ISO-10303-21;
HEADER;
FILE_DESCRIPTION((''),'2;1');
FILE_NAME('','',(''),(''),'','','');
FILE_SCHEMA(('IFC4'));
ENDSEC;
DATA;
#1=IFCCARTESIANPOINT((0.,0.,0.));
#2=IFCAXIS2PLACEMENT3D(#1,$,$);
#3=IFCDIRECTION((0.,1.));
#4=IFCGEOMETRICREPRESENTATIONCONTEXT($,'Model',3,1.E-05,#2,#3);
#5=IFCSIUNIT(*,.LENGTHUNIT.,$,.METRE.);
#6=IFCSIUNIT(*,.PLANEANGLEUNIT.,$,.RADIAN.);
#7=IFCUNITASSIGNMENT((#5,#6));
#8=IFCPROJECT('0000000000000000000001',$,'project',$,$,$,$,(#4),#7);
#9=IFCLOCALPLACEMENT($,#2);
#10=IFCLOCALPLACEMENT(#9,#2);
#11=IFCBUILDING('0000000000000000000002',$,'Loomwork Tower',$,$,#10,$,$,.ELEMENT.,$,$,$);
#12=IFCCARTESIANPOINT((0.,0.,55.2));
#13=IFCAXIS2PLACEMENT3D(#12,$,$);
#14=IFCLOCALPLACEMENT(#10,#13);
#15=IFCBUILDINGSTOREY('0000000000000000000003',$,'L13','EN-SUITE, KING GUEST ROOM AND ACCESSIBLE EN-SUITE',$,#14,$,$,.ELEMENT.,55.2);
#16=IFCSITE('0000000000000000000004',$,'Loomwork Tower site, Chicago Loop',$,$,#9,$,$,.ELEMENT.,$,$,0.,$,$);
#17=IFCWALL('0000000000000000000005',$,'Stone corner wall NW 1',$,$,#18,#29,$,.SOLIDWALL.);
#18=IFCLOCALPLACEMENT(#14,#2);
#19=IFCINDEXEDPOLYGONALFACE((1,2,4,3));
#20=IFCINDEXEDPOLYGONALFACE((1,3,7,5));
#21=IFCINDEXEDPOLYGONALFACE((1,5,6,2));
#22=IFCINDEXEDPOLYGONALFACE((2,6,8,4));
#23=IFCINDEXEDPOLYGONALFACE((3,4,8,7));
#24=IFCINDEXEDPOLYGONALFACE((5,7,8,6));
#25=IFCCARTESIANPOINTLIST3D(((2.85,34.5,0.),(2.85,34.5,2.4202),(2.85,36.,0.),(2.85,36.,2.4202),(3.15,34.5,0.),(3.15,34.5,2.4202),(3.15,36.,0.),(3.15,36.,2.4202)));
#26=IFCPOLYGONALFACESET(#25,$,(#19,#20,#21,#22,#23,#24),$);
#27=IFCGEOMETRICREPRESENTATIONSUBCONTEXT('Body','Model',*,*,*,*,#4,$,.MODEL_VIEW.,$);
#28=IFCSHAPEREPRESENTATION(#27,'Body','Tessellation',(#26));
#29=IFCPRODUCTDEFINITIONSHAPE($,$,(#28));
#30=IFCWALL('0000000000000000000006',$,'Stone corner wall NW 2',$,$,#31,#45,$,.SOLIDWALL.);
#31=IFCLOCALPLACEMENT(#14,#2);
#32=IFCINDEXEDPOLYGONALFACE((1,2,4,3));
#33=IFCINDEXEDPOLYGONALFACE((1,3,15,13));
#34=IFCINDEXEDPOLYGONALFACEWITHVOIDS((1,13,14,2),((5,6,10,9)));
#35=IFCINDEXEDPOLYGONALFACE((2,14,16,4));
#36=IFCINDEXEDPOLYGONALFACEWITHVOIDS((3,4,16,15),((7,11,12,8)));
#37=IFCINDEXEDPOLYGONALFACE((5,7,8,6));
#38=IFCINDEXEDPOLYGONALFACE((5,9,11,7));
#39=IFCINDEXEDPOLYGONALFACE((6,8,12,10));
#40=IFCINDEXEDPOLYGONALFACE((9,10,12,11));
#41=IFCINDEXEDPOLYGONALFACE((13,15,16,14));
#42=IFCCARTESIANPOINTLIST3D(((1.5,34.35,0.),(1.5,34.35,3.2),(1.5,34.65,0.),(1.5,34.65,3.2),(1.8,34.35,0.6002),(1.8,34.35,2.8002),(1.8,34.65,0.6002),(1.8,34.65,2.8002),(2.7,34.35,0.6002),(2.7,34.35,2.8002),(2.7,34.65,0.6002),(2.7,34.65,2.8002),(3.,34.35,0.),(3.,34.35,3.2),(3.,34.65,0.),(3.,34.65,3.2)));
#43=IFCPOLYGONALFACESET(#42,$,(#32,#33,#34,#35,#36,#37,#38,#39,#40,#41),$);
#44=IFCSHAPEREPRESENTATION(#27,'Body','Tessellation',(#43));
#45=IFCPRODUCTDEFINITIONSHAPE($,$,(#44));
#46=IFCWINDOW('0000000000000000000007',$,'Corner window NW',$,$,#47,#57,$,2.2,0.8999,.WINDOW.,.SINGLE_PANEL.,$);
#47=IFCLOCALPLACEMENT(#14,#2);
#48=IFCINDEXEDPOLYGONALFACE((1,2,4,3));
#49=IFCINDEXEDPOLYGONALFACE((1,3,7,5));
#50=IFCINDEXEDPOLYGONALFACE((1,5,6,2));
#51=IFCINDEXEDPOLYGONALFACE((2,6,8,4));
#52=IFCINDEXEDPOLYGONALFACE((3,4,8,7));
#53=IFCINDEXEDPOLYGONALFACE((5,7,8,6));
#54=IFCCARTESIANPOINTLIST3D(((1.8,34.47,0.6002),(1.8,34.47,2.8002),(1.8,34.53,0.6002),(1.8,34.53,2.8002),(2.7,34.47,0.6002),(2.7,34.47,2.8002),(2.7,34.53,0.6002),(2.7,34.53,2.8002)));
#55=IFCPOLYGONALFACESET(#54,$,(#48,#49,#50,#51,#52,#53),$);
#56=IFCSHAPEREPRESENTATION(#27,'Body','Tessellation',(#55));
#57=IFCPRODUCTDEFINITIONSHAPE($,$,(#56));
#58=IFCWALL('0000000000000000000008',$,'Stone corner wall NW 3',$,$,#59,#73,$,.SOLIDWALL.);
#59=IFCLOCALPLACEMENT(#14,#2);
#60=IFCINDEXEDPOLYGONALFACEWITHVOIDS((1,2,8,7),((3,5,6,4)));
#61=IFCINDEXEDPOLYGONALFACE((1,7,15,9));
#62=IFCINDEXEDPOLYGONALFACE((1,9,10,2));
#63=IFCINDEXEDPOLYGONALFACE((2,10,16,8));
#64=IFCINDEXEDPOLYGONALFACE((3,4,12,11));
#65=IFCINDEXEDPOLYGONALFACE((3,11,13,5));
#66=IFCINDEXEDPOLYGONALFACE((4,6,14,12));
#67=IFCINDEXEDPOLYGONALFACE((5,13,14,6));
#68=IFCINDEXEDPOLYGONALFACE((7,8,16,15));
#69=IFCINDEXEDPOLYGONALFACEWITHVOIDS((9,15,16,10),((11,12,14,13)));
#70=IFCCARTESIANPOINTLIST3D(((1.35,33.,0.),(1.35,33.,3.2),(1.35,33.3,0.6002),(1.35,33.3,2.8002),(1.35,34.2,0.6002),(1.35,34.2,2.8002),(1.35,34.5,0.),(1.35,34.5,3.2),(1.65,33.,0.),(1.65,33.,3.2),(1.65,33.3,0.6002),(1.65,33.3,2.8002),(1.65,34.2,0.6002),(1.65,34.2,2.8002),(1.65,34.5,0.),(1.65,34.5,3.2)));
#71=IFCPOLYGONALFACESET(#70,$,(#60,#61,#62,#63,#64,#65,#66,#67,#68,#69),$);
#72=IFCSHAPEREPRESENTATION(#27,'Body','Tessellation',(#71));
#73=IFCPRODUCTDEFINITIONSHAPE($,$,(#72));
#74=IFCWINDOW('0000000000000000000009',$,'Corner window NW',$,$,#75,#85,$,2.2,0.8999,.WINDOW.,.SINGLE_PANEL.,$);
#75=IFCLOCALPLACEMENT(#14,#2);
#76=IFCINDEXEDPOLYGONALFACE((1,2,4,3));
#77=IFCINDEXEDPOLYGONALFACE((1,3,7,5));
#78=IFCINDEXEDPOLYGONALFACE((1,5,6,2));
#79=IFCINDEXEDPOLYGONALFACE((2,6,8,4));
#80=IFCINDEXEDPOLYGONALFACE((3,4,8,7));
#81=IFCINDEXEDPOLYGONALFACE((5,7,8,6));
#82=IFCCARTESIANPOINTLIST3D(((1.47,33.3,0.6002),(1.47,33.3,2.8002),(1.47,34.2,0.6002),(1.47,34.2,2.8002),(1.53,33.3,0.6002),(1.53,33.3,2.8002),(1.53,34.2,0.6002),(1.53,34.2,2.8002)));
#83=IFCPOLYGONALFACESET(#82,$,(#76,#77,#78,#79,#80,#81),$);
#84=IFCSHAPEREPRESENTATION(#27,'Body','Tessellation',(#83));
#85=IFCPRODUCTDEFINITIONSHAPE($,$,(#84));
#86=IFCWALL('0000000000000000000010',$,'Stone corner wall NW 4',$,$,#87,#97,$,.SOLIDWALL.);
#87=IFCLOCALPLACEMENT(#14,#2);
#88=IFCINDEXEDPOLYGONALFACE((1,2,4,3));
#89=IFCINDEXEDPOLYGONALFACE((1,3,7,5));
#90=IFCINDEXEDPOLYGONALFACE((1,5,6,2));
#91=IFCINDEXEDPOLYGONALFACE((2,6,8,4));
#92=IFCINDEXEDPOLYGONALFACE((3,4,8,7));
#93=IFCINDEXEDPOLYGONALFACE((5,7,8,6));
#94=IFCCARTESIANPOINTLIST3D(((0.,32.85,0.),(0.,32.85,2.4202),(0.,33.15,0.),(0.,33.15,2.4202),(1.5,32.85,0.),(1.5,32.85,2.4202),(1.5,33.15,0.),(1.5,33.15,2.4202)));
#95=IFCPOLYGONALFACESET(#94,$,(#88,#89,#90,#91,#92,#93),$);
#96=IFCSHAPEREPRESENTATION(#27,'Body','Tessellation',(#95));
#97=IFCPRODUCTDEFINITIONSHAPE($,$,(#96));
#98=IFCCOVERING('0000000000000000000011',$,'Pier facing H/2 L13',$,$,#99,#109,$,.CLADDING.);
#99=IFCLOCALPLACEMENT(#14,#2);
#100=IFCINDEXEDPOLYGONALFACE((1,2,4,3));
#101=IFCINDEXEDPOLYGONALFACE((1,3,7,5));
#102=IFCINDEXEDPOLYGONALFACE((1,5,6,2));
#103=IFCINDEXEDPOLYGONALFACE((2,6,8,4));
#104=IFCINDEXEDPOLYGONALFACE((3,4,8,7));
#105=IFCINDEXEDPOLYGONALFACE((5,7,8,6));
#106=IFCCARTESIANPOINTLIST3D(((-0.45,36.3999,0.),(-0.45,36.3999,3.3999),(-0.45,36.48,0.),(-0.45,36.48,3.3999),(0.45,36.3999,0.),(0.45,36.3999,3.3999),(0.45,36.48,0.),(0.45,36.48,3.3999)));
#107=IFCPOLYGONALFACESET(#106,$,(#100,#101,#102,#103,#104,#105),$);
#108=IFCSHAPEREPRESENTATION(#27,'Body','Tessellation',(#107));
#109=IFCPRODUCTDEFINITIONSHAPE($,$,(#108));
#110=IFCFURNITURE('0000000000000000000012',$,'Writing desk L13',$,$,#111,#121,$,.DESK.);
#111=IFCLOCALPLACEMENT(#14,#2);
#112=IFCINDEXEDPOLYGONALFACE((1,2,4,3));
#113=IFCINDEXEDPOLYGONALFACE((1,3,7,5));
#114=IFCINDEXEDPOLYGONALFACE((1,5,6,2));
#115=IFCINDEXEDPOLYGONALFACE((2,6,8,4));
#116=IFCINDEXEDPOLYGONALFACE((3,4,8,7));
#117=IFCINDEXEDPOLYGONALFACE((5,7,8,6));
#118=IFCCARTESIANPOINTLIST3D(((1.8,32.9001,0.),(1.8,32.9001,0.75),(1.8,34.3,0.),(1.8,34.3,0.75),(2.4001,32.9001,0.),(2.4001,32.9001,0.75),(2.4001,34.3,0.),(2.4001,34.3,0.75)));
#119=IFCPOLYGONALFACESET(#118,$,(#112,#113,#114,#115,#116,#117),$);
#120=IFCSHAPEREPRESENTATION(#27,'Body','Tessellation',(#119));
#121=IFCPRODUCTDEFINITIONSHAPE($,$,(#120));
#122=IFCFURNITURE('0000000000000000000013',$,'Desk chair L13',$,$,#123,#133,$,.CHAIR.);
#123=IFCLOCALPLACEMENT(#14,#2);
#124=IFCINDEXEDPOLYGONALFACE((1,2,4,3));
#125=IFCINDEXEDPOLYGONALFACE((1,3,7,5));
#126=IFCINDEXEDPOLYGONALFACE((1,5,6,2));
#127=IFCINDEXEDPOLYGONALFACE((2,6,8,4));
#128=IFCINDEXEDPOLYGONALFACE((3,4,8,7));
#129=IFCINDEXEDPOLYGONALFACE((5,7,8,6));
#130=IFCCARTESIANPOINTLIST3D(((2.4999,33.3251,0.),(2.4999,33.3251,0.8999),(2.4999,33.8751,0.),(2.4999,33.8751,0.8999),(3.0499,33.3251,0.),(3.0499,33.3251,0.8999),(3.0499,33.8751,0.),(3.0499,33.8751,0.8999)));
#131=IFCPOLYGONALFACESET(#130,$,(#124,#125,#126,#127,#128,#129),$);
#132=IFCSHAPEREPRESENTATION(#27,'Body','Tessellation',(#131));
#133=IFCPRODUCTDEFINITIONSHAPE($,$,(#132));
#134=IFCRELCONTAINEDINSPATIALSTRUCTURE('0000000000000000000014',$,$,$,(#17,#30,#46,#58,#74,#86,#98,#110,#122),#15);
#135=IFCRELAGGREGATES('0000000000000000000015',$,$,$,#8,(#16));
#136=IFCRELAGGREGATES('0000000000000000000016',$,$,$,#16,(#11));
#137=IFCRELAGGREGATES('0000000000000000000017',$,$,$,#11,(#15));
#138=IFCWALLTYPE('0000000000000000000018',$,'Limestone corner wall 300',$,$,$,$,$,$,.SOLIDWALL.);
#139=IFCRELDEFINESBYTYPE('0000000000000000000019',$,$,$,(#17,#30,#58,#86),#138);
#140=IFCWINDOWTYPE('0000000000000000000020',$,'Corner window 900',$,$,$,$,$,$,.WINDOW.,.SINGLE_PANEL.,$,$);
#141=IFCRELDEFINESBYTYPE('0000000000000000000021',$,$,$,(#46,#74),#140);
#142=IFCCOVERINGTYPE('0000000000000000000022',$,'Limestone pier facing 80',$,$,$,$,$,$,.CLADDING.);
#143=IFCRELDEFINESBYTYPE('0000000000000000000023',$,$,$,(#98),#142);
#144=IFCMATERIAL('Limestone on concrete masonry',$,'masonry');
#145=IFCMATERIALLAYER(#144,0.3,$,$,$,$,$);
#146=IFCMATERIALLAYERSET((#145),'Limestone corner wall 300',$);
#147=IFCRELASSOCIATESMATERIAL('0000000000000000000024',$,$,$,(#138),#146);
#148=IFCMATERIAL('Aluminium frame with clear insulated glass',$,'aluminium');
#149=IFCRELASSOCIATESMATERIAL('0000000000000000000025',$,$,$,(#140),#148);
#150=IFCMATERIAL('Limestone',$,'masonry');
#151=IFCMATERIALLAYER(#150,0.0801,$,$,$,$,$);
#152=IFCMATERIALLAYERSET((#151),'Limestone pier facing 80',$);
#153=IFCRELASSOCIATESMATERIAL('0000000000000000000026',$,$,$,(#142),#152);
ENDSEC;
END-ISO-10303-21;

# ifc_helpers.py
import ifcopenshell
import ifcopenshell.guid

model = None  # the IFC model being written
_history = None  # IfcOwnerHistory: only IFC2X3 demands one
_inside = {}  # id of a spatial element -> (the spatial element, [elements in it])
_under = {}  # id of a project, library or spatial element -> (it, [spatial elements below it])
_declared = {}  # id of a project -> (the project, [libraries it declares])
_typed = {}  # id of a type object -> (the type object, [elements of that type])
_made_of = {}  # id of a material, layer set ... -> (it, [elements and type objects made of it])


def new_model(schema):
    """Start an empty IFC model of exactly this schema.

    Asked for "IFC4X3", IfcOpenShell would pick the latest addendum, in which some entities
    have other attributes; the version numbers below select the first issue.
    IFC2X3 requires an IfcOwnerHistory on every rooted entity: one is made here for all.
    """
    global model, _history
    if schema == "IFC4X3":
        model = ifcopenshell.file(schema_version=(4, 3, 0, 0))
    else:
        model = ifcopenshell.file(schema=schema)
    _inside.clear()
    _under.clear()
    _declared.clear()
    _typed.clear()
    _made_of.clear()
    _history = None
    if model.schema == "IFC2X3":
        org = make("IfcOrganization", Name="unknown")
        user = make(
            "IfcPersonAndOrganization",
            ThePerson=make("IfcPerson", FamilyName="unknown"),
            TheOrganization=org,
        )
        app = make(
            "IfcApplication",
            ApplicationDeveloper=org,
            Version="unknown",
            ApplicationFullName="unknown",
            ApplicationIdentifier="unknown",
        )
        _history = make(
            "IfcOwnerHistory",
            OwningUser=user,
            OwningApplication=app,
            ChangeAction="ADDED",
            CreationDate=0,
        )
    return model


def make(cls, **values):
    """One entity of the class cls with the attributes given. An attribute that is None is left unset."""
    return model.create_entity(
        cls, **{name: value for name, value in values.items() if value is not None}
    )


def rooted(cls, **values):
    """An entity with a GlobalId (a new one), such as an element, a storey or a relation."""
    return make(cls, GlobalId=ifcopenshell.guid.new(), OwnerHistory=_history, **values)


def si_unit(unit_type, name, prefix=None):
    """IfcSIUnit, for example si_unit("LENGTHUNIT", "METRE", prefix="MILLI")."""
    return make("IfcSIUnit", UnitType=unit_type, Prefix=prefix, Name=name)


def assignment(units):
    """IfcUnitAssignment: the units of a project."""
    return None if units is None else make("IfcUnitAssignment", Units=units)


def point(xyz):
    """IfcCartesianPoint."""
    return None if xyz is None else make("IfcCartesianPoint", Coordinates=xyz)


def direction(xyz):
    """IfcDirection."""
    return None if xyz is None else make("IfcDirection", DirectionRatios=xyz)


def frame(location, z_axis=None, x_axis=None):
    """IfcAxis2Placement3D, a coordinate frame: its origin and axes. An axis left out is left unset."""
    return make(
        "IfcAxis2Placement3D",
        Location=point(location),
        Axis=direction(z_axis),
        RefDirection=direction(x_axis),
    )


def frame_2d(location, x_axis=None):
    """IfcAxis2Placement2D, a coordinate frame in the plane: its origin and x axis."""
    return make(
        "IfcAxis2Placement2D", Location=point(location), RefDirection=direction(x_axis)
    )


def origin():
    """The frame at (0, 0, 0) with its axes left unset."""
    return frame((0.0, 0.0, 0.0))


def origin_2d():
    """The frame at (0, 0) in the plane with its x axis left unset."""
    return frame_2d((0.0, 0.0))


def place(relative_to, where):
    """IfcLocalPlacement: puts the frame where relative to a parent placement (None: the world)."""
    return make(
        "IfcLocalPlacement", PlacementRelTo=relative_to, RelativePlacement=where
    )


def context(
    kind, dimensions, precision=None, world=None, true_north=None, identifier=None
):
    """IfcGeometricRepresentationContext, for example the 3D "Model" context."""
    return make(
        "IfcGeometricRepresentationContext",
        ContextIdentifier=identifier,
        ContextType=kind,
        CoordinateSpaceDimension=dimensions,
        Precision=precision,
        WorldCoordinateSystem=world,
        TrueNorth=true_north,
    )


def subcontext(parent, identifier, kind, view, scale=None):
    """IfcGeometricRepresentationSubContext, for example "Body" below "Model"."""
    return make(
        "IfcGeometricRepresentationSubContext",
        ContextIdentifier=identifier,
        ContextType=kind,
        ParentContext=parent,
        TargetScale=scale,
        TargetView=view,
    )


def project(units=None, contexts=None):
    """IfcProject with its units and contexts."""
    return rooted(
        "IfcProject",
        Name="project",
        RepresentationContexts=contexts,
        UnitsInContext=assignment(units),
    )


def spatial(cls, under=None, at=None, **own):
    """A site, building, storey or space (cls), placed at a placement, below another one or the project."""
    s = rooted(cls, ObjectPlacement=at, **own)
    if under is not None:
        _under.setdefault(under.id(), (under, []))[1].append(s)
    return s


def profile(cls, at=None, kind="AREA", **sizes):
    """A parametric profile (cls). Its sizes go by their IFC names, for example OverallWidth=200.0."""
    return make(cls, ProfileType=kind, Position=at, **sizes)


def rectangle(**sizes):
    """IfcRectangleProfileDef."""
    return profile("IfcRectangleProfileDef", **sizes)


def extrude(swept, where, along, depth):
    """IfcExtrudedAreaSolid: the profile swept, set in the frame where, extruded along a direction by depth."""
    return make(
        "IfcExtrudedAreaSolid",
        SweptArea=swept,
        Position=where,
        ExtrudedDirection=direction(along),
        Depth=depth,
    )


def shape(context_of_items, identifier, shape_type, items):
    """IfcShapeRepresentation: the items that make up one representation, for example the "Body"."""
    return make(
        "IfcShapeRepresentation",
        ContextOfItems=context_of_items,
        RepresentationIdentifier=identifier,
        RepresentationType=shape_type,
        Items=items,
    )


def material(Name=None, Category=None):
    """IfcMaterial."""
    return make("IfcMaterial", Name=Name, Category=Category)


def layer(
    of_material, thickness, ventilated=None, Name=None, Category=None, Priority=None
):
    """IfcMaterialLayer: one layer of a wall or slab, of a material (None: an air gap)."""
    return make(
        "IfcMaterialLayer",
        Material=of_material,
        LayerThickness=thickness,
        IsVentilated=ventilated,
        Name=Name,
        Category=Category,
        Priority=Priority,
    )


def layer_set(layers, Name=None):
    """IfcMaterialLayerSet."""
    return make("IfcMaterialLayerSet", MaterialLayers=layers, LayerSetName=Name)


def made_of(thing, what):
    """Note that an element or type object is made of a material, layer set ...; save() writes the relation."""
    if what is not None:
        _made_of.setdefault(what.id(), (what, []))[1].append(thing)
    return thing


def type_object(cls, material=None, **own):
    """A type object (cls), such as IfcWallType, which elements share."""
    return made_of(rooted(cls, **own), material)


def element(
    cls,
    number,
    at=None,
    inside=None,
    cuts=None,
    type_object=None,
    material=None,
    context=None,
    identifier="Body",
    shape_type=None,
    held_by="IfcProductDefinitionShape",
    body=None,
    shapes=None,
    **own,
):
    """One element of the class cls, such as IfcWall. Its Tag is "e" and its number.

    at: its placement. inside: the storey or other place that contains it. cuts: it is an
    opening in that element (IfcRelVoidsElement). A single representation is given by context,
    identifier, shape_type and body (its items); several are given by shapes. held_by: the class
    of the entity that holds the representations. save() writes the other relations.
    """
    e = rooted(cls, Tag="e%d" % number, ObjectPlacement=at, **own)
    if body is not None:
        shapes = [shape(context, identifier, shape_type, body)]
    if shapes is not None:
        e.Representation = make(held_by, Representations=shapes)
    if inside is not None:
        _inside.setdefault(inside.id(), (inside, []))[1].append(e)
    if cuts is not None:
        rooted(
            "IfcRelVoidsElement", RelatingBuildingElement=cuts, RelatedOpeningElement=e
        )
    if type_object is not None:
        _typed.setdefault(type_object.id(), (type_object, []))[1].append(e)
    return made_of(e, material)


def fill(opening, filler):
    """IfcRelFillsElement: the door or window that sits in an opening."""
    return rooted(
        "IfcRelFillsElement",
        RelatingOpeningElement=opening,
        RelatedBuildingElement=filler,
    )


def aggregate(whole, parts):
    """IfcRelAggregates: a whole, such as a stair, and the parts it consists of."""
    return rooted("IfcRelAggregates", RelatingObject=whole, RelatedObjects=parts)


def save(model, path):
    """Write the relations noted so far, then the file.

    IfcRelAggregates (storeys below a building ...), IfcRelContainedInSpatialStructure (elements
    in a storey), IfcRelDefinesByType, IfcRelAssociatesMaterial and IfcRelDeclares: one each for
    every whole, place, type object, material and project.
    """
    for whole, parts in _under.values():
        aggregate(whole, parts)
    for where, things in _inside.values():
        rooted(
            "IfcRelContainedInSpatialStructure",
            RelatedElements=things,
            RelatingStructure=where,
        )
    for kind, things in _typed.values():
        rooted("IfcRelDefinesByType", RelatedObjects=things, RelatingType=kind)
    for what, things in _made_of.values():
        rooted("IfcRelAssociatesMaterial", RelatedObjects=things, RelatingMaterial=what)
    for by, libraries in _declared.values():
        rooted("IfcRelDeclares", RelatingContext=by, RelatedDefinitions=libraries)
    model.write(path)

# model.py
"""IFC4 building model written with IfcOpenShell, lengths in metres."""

from ifc_helpers import new_model, si_unit, direction, frame, frame_2d, origin, origin_2d, place, context, subcontext, project, spatial, rectangle, extrude, material, layer, layer_set, type_object, element, fill, save


model = new_model("IFC4")

# Units and contexts
model_context = context("Model", 3, precision=1e-05, world=origin(), true_north=direction((0.0, 1.0)))
body_context = subcontext(model_context, "Body", "Model", "MODEL_VIEW")
ifc_project = project(units=[si_unit("LENGTHUNIT", "METRE"), si_unit("PLANEANGLEUNIT", "RADIAN")], contexts=[model_context])

# Site, building, storey
site_placement = place(None, origin())
site = spatial("IfcSite", under=ifc_project, at=site_placement, Name="Loomwork Tower site, Chicago Loop", CompositionType="ELEMENT", RefElevation=0.0)
building_placement = place(site_placement, origin())
building = spatial("IfcBuilding", under=site, at=building_placement, Name="Loomwork Tower", CompositionType="ELEMENT")
storey_placement = place(building_placement, frame((0.0, 0.0, 55.2)))
storey = spatial("IfcBuildingStorey", under=building, at=storey_placement, Name="L13", Description="EN-SUITE, KING GUEST ROOM AND ACCESSIBLE EN-SUITE", CompositionType="ELEMENT", Elevation=55.2)

# Wall
ifc_material_1 = material(Name="Limestone on concrete masonry", Category="masonry")
ifc_layer_1 = layer(ifc_material_1, 0.3)
ifc_layer_set_1 = layer_set([ifc_layer_1], Name="Limestone corner wall 300")
wall_type_1 = type_object("IfcWallType", Name="Limestone corner wall 300", PredefinedType="SOLIDWALL", material=ifc_layer_set_1)
wall_1_placement = place(storey_placement, frame((3.0, 36.0, 0.0), z_axis=(0.0, 0.0, 1.0), x_axis=(0.0, -1.0, 0.0)))
element("IfcWall", 1, at=wall_1_placement, inside=storey, type_object=wall_type_1, Name="Stone corner wall NW 1", PredefinedType="SOLIDWALL", context=body_context, shape_type="SweptSolid", body=[
    extrude(rectangle(XDim=1.5, YDim=0.3, at=frame_2d((0.75, 0.0))), origin(), (0.0, 0.0, 1.0), 2.4202),
])

# Walls, openings, windows
wall_2_placement = place(storey_placement, frame((3.0, 34.5, 0.0), z_axis=(0.0, 0.0, 1.0), x_axis=(-1.0, 0.0, 0.0)))
wall_2 = element("IfcWall", 2, at=wall_2_placement, inside=storey, type_object=wall_type_1, Name="Stone corner wall NW 2", PredefinedType="SOLIDWALL", context=body_context, shape_type="SweptSolid", body=[
    extrude(rectangle(XDim=1.5, YDim=0.3, at=frame_2d((0.75, 0.0))), origin(), (0.0, 0.0, 1.0), 3.2),
])
opening_1_placement = place(wall_2_placement, frame((0.3, 0.0, 0.6001)))
opening_1 = element("IfcOpeningElement", 3, at=opening_1_placement, cuts=wall_2, PredefinedType="OPENING", context=body_context, shape_type="SweptSolid", body=[
    extrude(rectangle(XDim=0.8999, YDim=2.2, at=frame_2d((0.45, 1.1001))), frame((0.0, 0.1599, 0.0), z_axis=(0.0, -1.0, 0.0), x_axis=(1.0, 0.0, 0.0)), (0.0, 0.0, 1.0), 0.3201),
])
ifc_material_2 = material(Name="Aluminium frame with clear insulated glass", Category="aluminium")
window_type_1 = type_object("IfcWindowType", Name="Corner window 900", PartitioningType="SINGLE_PANEL", PredefinedType="WINDOW", material=ifc_material_2)
window_1_placement = place(opening_1_placement, origin())
window_1 = element("IfcWindow", 4, at=window_1_placement, inside=storey, type_object=window_type_1, Name="Corner window NW", OverallHeight=2.2, OverallWidth=0.8999, PartitioningType="SINGLE_PANEL", PredefinedType="WINDOW", context=body_context, shape_type="SweptSolid", body=[
    extrude(rectangle(XDim=0.8999, YDim=2.2, at=frame_2d((0.45, 1.1001))), frame((0.0, 0.03, 0.0), z_axis=(0.0, -1.0, 0.0), x_axis=(1.0, 0.0, 0.0)), (0.0, 0.0, 1.0), 0.0601),
])
fill(opening_1, window_1)
wall_3_placement = place(storey_placement, frame((1.5, 34.5, 0.0), z_axis=(0.0, 0.0, 1.0), x_axis=(0.0, -1.0, 0.0)))
wall_3 = element("IfcWall", 5, at=wall_3_placement, inside=storey, type_object=wall_type_1, Name="Stone corner wall NW 3", PredefinedType="SOLIDWALL", context=body_context, shape_type="SweptSolid", body=[
    extrude(rectangle(XDim=1.5, YDim=0.3, at=frame_2d((0.75, 0.0))), origin(), (0.0, 0.0, 1.0), 3.2),
])
opening_2_placement = place(wall_3_placement, frame((0.3, 0.0, 0.6001)))
opening_2 = element("IfcOpeningElement", 6, at=opening_2_placement, cuts=wall_3, PredefinedType="OPENING", context=body_context, shape_type="SweptSolid", body=[
    extrude(rectangle(XDim=0.8999, YDim=2.2, at=frame_2d((0.45, 1.1001))), frame((0.0, 0.1599, 0.0), z_axis=(0.0, -1.0, 0.0), x_axis=(1.0, 0.0, 0.0)), (0.0, 0.0, 1.0), 0.3201),
])
window_2_placement = place(opening_2_placement, origin())
window_2 = element("IfcWindow", 7, at=window_2_placement, inside=storey, type_object=window_type_1, Name="Corner window NW", OverallHeight=2.2, OverallWidth=0.8999, PartitioningType="SINGLE_PANEL", PredefinedType="WINDOW", context=body_context, shape_type="SweptSolid", body=[
    extrude(rectangle(XDim=0.8999, YDim=2.2, at=frame_2d((0.45, 1.1001))), frame((0.0, 0.03, 0.0), z_axis=(0.0, -1.0, 0.0), x_axis=(1.0, 0.0, 0.0)), (0.0, 0.0, 1.0), 0.0601),
])
fill(opening_2, window_2)

# Wall
wall_4_placement = place(storey_placement, frame((1.5, 33.0, 0.0), z_axis=(0.0, 0.0, 1.0), x_axis=(-1.0, 0.0, 0.0)))
element("IfcWall", 8, at=wall_4_placement, inside=storey, type_object=wall_type_1, Name="Stone corner wall NW 4", PredefinedType="SOLIDWALL", context=body_context, shape_type="SweptSolid", body=[
    extrude(rectangle(XDim=1.5, YDim=0.3, at=frame_2d((0.75, 0.0))), origin(), (0.0, 0.0, 1.0), 2.4202),
])

# Covering
ifc_material_3 = material(Name="Limestone", Category="masonry")
ifc_layer_2 = layer(ifc_material_3, 0.0801)
ifc_layer_set_2 = layer_set([ifc_layer_2], Name="Limestone pier facing 80")
covering_type = type_object("IfcCoveringType", Name="Limestone pier facing 80", PredefinedType="CLADDING", material=ifc_layer_set_2)
covering_placement = place(storey_placement, frame((0.0, 36.4399, 0.0), z_axis=(0.0, 0.0, 1.0), x_axis=(1.0, 0.0, 0.0)))
element("IfcCovering", 9, at=covering_placement, inside=storey, type_object=covering_type, Name="Pier facing H/2 L13", PredefinedType="CLADDING", context=body_context, shape_type="SweptSolid", body=[
    extrude(rectangle(XDim=0.8999, YDim=0.0801, at=origin_2d()), origin(), (0.0, 0.0, 1.0), 3.3999),
])

# Furniture
furniture_1_placement = place(storey_placement, frame((2.1001, 33.6001, 0.0), z_axis=(0.0, 0.0, 1.0), x_axis=(1.0, 0.0, 0.0)))
element("IfcFurniture", 10, at=furniture_1_placement, inside=storey, Name="Writing desk L13", PredefinedType="DESK", context=body_context, shape_type="SweptSolid", body=[
    extrude(rectangle(XDim=0.6001, YDim=1.3999, at=origin_2d()), origin(), (0.0, 0.0, 1.0), 0.75),
])
furniture_2_placement = place(storey_placement, frame((2.7749, 33.6001, 0.0), z_axis=(0.0, 0.0, 1.0), x_axis=(1.0, 0.0, 0.0)))
element("IfcFurniture", 11, at=furniture_2_placement, inside=storey, Name="Desk chair L13", PredefinedType="CHAIR", context=body_context, shape_type="SweptSolid", body=[
    extrude(rectangle(XDim=0.55, YDim=0.55, at=origin_2d()), origin(), (0.0, 0.0, 1.0), 0.8999),
])

save(model, "model.ifc")
